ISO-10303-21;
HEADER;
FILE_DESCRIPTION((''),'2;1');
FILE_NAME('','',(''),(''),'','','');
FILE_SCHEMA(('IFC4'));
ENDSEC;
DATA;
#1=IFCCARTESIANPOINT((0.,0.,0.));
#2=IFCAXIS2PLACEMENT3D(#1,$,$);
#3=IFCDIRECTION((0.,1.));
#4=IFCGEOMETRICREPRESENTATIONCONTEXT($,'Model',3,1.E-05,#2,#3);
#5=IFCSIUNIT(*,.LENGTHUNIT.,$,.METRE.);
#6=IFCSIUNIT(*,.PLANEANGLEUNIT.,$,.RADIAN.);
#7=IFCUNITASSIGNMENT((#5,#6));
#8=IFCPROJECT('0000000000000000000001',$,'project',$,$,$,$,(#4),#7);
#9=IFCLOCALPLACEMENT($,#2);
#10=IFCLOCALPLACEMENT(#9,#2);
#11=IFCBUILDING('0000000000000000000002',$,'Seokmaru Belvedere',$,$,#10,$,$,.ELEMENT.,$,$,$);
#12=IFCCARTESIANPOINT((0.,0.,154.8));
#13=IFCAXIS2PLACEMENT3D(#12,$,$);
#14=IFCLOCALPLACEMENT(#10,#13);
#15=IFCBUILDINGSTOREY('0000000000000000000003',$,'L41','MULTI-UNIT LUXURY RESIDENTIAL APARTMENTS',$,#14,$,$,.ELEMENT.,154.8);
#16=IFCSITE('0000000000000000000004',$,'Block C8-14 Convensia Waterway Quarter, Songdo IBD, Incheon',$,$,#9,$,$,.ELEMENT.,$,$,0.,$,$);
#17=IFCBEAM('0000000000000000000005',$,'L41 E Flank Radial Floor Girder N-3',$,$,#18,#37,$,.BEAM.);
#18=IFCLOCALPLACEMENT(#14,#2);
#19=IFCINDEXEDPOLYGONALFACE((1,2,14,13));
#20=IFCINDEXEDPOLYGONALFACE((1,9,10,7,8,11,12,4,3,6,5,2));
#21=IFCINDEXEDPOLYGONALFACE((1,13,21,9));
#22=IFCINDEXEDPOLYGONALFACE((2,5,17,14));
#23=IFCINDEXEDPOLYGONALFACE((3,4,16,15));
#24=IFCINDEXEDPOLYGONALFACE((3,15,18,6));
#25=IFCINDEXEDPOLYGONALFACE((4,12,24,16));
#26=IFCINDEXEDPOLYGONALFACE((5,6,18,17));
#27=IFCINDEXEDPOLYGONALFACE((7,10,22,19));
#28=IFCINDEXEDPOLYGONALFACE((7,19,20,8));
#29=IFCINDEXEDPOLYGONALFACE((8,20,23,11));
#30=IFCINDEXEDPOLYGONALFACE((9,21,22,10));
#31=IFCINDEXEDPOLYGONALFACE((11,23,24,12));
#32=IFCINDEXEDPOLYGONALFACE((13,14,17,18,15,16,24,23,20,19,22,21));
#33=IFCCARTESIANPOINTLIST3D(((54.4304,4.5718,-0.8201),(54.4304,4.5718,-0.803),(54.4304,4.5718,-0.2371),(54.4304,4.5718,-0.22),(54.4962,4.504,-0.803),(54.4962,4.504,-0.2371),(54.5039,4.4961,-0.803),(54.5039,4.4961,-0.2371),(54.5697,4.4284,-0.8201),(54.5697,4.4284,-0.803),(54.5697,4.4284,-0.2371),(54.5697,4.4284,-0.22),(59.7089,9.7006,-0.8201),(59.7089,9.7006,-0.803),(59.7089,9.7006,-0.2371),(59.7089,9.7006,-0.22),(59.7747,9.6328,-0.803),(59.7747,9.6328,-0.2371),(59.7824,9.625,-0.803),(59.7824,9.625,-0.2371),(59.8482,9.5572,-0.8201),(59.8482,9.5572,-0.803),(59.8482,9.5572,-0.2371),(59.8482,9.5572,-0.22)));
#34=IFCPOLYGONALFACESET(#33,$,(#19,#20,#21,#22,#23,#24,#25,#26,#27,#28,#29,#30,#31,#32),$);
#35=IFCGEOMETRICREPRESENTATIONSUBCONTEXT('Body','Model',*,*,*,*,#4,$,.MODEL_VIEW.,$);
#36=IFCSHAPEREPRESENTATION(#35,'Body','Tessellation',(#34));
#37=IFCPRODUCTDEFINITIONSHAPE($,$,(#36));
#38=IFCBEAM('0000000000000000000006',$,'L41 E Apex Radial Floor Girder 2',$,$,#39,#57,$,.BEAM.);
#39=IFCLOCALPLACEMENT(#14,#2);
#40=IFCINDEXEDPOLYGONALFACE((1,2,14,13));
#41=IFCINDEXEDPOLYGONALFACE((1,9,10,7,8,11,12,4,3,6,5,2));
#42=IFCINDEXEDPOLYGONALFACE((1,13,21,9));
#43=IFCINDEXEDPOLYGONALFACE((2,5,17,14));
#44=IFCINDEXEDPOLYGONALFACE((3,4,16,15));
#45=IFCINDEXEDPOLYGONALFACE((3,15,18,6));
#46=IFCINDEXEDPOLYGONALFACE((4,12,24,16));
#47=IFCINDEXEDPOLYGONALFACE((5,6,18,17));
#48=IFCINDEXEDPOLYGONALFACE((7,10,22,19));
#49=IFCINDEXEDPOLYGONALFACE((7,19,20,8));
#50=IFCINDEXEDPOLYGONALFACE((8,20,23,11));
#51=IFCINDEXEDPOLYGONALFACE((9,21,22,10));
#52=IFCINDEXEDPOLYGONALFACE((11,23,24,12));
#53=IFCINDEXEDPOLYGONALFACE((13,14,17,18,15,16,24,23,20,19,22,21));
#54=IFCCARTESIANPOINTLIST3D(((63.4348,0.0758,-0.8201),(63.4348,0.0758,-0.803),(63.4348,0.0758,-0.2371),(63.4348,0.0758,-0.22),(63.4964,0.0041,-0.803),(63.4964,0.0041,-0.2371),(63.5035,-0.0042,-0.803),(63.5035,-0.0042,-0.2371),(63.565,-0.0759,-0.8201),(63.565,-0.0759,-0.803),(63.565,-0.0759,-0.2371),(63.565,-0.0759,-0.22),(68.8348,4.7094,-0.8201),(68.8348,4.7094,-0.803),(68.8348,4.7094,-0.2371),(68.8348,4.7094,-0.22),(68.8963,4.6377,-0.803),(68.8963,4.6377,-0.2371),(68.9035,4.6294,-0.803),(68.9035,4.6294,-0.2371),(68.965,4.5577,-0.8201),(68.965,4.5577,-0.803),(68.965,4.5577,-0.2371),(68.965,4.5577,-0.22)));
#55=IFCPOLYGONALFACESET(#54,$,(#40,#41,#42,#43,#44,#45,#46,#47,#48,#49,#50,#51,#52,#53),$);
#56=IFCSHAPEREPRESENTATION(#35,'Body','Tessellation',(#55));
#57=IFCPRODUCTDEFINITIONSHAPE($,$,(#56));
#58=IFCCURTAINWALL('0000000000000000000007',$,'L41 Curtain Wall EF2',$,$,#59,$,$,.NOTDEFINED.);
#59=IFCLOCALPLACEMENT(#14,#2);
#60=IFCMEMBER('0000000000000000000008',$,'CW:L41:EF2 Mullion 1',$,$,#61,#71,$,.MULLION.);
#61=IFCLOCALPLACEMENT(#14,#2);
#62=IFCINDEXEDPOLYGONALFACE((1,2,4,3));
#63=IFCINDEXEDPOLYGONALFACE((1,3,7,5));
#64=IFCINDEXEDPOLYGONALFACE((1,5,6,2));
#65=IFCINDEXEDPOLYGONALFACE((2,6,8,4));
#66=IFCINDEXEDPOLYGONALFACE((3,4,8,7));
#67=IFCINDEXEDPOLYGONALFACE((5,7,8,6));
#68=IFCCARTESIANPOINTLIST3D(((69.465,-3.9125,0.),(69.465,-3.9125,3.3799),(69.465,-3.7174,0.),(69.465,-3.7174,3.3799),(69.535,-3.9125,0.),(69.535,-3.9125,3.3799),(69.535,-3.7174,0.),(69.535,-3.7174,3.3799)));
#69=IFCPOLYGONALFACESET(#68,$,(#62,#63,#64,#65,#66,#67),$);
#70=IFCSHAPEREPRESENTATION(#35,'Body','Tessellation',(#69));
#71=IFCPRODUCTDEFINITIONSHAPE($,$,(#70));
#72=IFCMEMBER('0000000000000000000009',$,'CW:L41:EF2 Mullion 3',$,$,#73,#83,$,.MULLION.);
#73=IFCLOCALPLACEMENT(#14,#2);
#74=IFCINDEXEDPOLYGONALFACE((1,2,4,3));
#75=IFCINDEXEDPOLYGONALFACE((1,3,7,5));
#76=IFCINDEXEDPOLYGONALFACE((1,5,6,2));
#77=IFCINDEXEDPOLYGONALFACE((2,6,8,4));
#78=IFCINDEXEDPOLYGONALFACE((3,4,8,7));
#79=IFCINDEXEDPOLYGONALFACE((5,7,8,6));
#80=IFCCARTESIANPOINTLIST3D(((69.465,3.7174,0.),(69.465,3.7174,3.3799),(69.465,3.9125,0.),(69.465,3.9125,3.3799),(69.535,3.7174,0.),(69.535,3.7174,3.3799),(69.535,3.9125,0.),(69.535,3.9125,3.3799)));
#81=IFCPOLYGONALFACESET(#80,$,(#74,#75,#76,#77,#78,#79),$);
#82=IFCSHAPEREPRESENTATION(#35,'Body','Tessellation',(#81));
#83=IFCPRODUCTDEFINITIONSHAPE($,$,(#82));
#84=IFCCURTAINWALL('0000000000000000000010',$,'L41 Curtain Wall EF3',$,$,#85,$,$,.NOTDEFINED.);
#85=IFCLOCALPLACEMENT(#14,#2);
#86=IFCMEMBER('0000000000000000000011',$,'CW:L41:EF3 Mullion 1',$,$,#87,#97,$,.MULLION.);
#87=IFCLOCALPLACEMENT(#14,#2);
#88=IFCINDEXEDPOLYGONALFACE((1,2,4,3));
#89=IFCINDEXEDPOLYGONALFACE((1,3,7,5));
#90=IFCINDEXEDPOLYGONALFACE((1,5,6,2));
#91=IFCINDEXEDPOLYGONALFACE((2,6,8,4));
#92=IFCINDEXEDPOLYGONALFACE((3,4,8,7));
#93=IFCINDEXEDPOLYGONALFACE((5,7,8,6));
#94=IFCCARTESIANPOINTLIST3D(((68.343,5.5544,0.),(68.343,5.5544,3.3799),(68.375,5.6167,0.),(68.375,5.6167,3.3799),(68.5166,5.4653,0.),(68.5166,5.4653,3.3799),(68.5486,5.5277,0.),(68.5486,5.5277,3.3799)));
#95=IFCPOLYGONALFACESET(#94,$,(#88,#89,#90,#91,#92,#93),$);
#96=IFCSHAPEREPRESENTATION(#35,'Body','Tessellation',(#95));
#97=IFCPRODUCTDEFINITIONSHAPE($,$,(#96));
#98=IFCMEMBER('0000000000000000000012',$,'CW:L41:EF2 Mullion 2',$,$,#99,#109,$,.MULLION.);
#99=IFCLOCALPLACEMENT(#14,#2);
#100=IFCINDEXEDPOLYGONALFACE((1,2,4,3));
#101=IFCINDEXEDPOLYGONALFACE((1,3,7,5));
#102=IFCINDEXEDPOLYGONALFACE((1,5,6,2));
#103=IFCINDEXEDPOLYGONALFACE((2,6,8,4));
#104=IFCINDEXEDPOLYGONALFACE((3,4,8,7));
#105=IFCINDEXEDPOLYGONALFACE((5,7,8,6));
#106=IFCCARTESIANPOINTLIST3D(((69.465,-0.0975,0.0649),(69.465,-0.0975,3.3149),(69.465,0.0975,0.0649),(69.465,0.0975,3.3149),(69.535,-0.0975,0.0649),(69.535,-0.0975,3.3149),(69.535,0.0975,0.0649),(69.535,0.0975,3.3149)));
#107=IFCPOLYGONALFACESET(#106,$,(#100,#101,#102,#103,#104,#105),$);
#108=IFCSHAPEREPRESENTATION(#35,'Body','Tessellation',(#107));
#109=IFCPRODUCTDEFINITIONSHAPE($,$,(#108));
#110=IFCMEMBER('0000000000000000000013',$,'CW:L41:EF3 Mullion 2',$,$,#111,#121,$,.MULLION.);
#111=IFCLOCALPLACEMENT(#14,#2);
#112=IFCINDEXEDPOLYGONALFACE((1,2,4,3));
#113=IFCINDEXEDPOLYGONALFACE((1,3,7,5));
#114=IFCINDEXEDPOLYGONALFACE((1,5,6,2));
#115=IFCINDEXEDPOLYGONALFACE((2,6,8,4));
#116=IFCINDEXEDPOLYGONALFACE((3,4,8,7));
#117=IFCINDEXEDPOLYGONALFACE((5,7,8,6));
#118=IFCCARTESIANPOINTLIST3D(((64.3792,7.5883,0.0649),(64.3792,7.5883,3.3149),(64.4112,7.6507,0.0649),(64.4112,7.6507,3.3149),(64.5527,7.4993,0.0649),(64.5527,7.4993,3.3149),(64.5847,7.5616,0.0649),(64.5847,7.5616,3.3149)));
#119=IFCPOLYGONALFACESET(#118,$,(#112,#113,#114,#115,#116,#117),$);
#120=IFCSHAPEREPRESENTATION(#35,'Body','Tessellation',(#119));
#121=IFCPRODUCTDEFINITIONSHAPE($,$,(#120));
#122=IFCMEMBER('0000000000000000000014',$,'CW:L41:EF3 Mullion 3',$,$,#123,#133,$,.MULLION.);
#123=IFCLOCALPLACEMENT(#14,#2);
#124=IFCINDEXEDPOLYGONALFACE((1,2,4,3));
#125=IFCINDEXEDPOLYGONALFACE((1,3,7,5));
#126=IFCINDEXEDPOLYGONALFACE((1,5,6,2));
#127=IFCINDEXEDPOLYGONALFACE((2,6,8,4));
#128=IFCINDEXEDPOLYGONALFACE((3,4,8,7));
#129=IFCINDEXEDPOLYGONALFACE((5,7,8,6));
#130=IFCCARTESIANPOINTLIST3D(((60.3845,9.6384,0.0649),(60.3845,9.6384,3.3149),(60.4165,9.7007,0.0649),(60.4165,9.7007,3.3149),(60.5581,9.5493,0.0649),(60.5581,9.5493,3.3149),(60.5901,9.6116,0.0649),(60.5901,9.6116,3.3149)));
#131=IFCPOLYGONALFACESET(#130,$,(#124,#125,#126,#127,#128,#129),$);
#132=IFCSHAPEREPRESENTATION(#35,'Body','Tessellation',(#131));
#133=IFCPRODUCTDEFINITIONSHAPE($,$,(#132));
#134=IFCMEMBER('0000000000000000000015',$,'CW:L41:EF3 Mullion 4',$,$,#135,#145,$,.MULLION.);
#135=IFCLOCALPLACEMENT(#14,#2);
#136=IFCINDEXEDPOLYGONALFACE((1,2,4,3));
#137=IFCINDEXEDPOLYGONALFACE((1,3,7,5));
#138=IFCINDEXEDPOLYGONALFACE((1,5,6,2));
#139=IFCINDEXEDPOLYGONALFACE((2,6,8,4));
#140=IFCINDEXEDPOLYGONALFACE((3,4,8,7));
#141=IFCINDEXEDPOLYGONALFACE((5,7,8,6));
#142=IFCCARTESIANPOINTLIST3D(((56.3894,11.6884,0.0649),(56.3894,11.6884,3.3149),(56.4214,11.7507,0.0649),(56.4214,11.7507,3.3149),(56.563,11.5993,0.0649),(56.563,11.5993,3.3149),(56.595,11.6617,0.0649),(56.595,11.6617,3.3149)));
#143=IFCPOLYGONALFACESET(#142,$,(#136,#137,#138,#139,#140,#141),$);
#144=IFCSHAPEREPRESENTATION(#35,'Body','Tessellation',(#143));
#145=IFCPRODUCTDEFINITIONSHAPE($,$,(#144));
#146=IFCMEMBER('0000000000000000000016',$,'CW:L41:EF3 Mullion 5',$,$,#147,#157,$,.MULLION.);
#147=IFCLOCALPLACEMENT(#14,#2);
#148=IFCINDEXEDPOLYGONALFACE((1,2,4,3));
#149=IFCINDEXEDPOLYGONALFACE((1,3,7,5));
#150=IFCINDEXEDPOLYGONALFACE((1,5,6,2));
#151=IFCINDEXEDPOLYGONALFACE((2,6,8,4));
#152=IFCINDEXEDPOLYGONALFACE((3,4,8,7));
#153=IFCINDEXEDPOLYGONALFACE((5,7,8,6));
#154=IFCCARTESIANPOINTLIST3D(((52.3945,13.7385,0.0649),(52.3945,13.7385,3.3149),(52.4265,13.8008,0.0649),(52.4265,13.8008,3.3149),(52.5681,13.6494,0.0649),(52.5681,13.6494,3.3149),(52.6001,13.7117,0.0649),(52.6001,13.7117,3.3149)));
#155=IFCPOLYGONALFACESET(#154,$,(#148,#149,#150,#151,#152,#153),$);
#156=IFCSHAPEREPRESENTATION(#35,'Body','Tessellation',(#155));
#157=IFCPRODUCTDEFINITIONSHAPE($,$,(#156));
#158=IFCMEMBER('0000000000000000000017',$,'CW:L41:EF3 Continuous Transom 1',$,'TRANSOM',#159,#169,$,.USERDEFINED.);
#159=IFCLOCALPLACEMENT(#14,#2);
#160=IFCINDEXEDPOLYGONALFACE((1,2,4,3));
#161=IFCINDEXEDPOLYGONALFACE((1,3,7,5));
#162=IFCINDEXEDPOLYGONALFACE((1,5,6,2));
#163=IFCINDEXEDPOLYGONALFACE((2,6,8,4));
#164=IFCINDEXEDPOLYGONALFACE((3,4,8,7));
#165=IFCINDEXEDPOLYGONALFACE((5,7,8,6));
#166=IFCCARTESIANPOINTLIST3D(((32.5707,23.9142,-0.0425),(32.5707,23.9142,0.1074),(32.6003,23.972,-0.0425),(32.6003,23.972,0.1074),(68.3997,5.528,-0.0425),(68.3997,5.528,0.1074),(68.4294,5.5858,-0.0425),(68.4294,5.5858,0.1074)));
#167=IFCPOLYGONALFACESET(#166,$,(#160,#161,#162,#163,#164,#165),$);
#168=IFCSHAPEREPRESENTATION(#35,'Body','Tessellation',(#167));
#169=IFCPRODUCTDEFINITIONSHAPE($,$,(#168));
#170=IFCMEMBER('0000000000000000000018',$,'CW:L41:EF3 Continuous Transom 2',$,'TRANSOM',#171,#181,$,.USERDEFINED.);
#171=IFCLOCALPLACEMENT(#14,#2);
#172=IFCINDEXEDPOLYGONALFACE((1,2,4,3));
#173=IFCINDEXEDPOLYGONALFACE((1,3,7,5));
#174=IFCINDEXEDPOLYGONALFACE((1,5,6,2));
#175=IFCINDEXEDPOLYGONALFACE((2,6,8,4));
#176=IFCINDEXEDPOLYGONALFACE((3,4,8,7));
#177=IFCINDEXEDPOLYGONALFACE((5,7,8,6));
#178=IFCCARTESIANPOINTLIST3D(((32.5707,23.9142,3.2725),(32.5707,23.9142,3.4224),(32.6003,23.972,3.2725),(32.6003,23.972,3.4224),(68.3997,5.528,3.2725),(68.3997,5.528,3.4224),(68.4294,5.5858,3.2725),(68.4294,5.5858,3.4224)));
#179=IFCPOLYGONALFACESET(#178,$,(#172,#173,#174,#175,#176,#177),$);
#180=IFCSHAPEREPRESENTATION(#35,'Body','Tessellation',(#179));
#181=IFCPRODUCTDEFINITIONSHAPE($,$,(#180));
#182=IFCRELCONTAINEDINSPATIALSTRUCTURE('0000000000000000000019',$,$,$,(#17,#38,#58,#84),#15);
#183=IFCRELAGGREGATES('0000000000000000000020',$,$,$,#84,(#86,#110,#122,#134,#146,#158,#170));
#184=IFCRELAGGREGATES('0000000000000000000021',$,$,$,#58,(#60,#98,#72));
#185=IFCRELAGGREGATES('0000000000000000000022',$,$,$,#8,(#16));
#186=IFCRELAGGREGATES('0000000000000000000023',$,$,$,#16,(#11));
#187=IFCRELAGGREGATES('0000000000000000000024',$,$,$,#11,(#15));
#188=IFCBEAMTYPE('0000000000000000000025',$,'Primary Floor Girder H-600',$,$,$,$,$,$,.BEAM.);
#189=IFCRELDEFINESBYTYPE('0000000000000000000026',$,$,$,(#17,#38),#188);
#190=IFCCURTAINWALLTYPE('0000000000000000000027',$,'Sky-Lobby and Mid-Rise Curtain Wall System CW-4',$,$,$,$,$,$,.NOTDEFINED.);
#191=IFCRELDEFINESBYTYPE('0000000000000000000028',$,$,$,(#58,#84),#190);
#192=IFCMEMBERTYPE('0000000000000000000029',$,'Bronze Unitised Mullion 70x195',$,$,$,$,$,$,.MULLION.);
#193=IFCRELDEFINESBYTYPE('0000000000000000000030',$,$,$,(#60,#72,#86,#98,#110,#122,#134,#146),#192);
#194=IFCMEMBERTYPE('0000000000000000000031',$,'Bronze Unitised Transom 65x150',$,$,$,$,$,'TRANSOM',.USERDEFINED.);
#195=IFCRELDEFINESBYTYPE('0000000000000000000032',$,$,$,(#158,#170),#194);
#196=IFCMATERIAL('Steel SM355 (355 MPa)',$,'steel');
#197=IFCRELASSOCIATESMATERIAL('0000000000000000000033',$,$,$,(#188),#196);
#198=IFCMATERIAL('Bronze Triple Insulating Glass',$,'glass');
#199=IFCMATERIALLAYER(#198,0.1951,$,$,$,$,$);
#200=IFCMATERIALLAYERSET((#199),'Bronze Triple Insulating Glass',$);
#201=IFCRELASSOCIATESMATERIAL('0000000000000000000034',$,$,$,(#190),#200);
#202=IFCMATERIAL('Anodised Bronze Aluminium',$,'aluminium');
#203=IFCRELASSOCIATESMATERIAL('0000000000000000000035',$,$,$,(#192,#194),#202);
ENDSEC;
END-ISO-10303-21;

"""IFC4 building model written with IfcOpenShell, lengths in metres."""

from ifc_helpers import new_model, si_unit, direction, frame, origin, origin_2d, place, context, subcontext, project, spatial, rectangle, i_section, extrude, source, transform, mapped, material, layer, layer_set, material_profile, profile_set, type_object, type_shapes, element, aggregate, save


model = new_model("IFC4")

# Units and contexts
model_context = context("Model", 3, precision=1e-05, world=origin(), true_north=direction((0.0, 1.0)))
body_context = subcontext(model_context, "Body", "Model", "MODEL_VIEW")
ifc_project = project(units=[si_unit("LENGTHUNIT", "METRE"), si_unit("PLANEANGLEUNIT", "RADIAN")], contexts=[model_context])

# Site, building, storey
site_placement = place(None, origin())
site = spatial("IfcSite", under=ifc_project, at=site_placement, Name="Block C8-14 Convensia Waterway Quarter, Songdo IBD, Incheon", CompositionType="ELEMENT", RefElevation=0.0)
building_placement = place(site_placement, origin())
building = spatial("IfcBuilding", under=site, at=building_placement, Name="Seokmaru Belvedere", CompositionType="ELEMENT")
storey_placement = place(building_placement, frame((0.0, 0.0, 154.8)))
storey = spatial("IfcBuildingStorey", under=building, at=storey_placement, Name="L41", Description="MULTI-UNIT LUXURY RESIDENTIAL APARTMENTS", CompositionType="ELEMENT", Elevation=154.8)

# Shared definitions
ifc_material_1 = material(Name="Steel SM355 (355 MPa)", Category="steel")

# Beams
ifc_material_profile_1 = material_profile(ifc_material_1, i_section(OverallWidth=0.2, OverallDepth=0.6001, WebThickness=0.011, FlangeThickness=0.0171, at=origin_2d()), Name="H-600x200x11x17")
ifc_profile_set_1 = profile_set([ifc_material_profile_1], Name="Steel SM355 (355 MPa)")
beam_type_1 = type_object("IfcBeamType", Name="Primary Floor Girder H-600", PredefinedType="BEAM", material=ifc_profile_set_1)
shared_shape_1 = source(origin(), body_context, "Body", "SweptSolid", [
    extrude(i_section(OverallWidth=0.2, OverallDepth=0.6001, WebThickness=0.011, FlangeThickness=0.0171, at=origin_2d()), origin(), (0.0, 0.0, 1.0), 7.3599),
])
beam_1_placement = place(storey_placement, frame((59.7786, 9.6289, -0.52), z_axis=(-0.717201, -0.696867, 0.0), x_axis=(0.696867, -0.717201, 0.0)))
element("IfcBeam", 1, at=beam_1_placement, inside=storey, type_object=beam_type_1, Name="L41 E Flank Radial Floor Girder N-3", PredefinedType="BEAM", context=body_context, shape_type="MappedRepresentation", body=[
    mapped(shared_shape_1, transform((0.0, 0.0, 0.0), scale=1.0)),
])
shared_shape_2 = source(origin(), body_context, "Body", "SweptSolid", [
    extrude(i_section(OverallWidth=0.2, OverallDepth=0.6001, WebThickness=0.011, FlangeThickness=0.0171, at=origin_2d()), origin(), (0.0, 0.0, 1.0), 7.1155),
])
beam_2_placement = place(storey_placement, frame((68.8999, 4.6335, -0.52), z_axis=(-0.758905, -0.651201, 0.0), x_axis=(0.651201, -0.758905, 0.0)))
element("IfcBeam", 2, at=beam_2_placement, inside=storey, type_object=beam_type_1, Name="L41 E Apex Radial Floor Girder 2", PredefinedType="BEAM", context=body_context, shape_type="MappedRepresentation", body=[
    mapped(shared_shape_2, transform((0.0, 0.0, 0.0), scale=1.0)),
])

# Curtain wall, members
ifc_material_2 = material(Name="Bronze Triple Insulating Glass", Category="glass")
ifc_layer_1 = layer(ifc_material_2, 0.1951)
ifc_layer_set_1 = layer_set([ifc_layer_1], Name="Bronze Triple Insulating Glass")
curtain_wall_type = type_object("IfcCurtainWallType", Name="Sky-Lobby and Mid-Rise Curtain Wall System CW-4", PredefinedType="NOTDEFINED", material=ifc_layer_set_1)
curtain_wall_1_placement = place(storey_placement, origin())
curtain_wall_1 = element("IfcCurtainWall", 3, at=curtain_wall_1_placement, inside=storey, type_object=curtain_wall_type, Name="L41 Curtain Wall EF2", PredefinedType="NOTDEFINED")
ifc_material_3 = material(Name="Anodised Bronze Aluminium", Category="aluminium")
ifc_material_profile_2 = material_profile(ifc_material_3, rectangle(XDim=0.0701, YDim=0.1951, at=origin_2d()), Name="CW-M-70x195")
ifc_profile_set_2 = profile_set([ifc_material_profile_2], Name="Anodised Bronze Aluminium")
member_type_1 = type_object("IfcMemberType", Name="Bronze Unitised Mullion 70x195", PredefinedType="MULLION", material=ifc_profile_set_2)
shared_shape_3 = source(origin(), body_context, "Body", "SweptSolid", [
    extrude(rectangle(XDim=0.0701, YDim=0.1951, at=origin_2d()), origin(), (0.0, 0.0, 1.0), 3.3799),
])
member_1_placement = place(storey_placement, frame((69.5, -3.8149, 0.0), z_axis=(0.0, 0.0, 1.0), x_axis=(-1.0, 0.0, 0.0)))
member_1 = element("IfcMember", 4, at=member_1_placement, type_object=member_type_1, Name="CW:L41:EF2 Mullion 1", PredefinedType="MULLION", context=body_context, shape_type="MappedRepresentation", body=[
    mapped(shared_shape_3, transform((0.0, 0.0, 0.0), scale=1.0)),
])
member_2_placement = place(storey_placement, frame((69.5, 3.8149, 0.0), z_axis=(0.0, 0.0, 1.0), x_axis=(-1.0, 0.0, 0.0)))
member_2 = element("IfcMember", 5, at=member_2_placement, type_object=member_type_1, Name="CW:L41:EF2 Mullion 3", PredefinedType="MULLION", context=body_context, shape_type="MappedRepresentation", body=[
    mapped(shared_shape_3, transform((0.0, 0.0, 0.0), scale=1.0)),
])

# Curtain wall, member
curtain_wall_2_placement = place(storey_placement, origin())
curtain_wall_2 = element("IfcCurtainWall", 6, at=curtain_wall_2_placement, inside=storey, type_object=curtain_wall_type, Name="L41 Curtain Wall EF3", PredefinedType="NOTDEFINED")
member_3_placement = place(storey_placement, frame((68.4458, 5.541, 0.0), z_axis=(0.0, 0.0, 1.0), x_axis=(-0.456555, -0.889695, 0.0)))
member_3 = element("IfcMember", 7, at=member_3_placement, type_object=member_type_1, Name="CW:L41:EF3 Mullion 1", PredefinedType="MULLION", context=body_context, shape_type="MappedRepresentation", body=[
    mapped(shared_shape_3, transform((0.0, 0.0, 0.0), scale=1.0)),
])

# Members
shared_shape_4 = source(origin(), body_context, "Body", "SweptSolid", [
    extrude(rectangle(XDim=0.0701, YDim=0.1951, at=origin_2d()), origin(), (0.0, 0.0, 1.0), 3.25),
])
type_shapes(member_type_1, [shared_shape_3, shared_shape_4])
member_4_placement = place(storey_placement, frame((69.5, 0.0, 0.0649), z_axis=(0.0, 0.0, 1.0), x_axis=(-1.0, 0.0, 0.0)))
member_4 = element("IfcMember", 8, at=member_4_placement, type_object=member_type_1, Name="CW:L41:EF2 Mullion 2", PredefinedType="MULLION", context=body_context, shape_type="MappedRepresentation", body=[
    mapped(shared_shape_4, transform((0.0, 0.0, 0.0), scale=1.0)),
])
member_5_placement = place(storey_placement, frame((64.4819, 7.575, 0.0649), z_axis=(0.0, 0.0, 1.0), x_axis=(-0.456555, -0.889695, 0.0)))
member_5 = element("IfcMember", 9, at=member_5_placement, type_object=member_type_1, Name="CW:L41:EF3 Mullion 2", PredefinedType="MULLION", context=body_context, shape_type="MappedRepresentation", body=[
    mapped(shared_shape_4, transform((0.0, 0.0, 0.0), scale=1.0)),
])
member_6_placement = place(storey_placement, frame((60.4873, 9.625, 0.0649), z_axis=(0.0, 0.0, 1.0), x_axis=(-0.456555, -0.889695, 0.0)))
member_6 = element("IfcMember", 10, at=member_6_placement, type_object=member_type_1, Name="CW:L41:EF3 Mullion 3", PredefinedType="MULLION", context=body_context, shape_type="MappedRepresentation", body=[
    mapped(shared_shape_4, transform((0.0, 0.0, 0.0), scale=1.0)),
])
member_7_placement = place(storey_placement, frame((56.4922, 11.675, 0.0649), z_axis=(0.0, 0.0, 1.0), x_axis=(-0.456555, -0.889695, 0.0)))
member_7 = element("IfcMember", 11, at=member_7_placement, type_object=member_type_1, Name="CW:L41:EF3 Mullion 4", PredefinedType="MULLION", context=body_context, shape_type="MappedRepresentation", body=[
    mapped(shared_shape_4, transform((0.0, 0.0, 0.0), scale=1.0)),
])
member_8_placement = place(storey_placement, frame((52.4973, 13.7251, 0.0649), z_axis=(0.0, 0.0, 1.0), x_axis=(-0.456555, -0.889695, 0.0)))
member_8 = element("IfcMember", 12, at=member_8_placement, type_object=member_type_1, Name="CW:L41:EF3 Mullion 5", PredefinedType="MULLION", context=body_context, shape_type="MappedRepresentation", body=[
    mapped(shared_shape_4, transform((0.0, 0.0, 0.0), scale=1.0)),
])
ifc_material_profile_3 = material_profile(ifc_material_3, rectangle(XDim=0.0649, YDim=0.1499, at=origin_2d()), Name="CW-T-65x150")
ifc_profile_set_3 = profile_set([ifc_material_profile_3], Name="Anodised Bronze Aluminium")
member_type_2 = type_object("IfcMemberType", Name="Bronze Unitised Transom 65x150", ElementType="TRANSOM", PredefinedType="USERDEFINED", material=ifc_profile_set_3)
shared_shape_5 = source(origin(), body_context, "Body", "SweptSolid", [
    extrude(rectangle(XDim=0.0649, YDim=0.1499, at=origin_2d()), origin(), (0.0, 0.0, 1.0), 40.2712),
])
member_9_placement = place(storey_placement, frame((68.4146, 5.5569, 0.0325), z_axis=(-0.889693, 0.456559, 0.0), x_axis=(-0.456559, -0.889693, 0.0)))
member_9 = element("IfcMember", 13, at=member_9_placement, type_object=member_type_2, Name="CW:L41:EF3 Continuous Transom 1", ObjectType="TRANSOM", PredefinedType="USERDEFINED", context=body_context, shape_type="MappedRepresentation", body=[
    mapped(shared_shape_5, transform((0.0, 0.0, 0.0), scale=1.0)),
])
member_10_placement = place(storey_placement, frame((68.4146, 5.5569, 3.3474), z_axis=(-0.889693, 0.456559, 0.0), x_axis=(-0.456559, -0.889693, 0.0)))
member_10 = element("IfcMember", 14, at=member_10_placement, type_object=member_type_2, Name="CW:L41:EF3 Continuous Transom 2", ObjectType="TRANSOM", PredefinedType="USERDEFINED", context=body_context, shape_type="MappedRepresentation", body=[
    mapped(shared_shape_5, transform((0.0, 0.0, 0.0), scale=1.0)),
])

aggregate(curtain_wall_2, [member_3, member_5, member_6, member_7, member_8, member_9, member_10])
aggregate(curtain_wall_1, [member_1, member_4, member_2])

save(model, "model.ifc")
